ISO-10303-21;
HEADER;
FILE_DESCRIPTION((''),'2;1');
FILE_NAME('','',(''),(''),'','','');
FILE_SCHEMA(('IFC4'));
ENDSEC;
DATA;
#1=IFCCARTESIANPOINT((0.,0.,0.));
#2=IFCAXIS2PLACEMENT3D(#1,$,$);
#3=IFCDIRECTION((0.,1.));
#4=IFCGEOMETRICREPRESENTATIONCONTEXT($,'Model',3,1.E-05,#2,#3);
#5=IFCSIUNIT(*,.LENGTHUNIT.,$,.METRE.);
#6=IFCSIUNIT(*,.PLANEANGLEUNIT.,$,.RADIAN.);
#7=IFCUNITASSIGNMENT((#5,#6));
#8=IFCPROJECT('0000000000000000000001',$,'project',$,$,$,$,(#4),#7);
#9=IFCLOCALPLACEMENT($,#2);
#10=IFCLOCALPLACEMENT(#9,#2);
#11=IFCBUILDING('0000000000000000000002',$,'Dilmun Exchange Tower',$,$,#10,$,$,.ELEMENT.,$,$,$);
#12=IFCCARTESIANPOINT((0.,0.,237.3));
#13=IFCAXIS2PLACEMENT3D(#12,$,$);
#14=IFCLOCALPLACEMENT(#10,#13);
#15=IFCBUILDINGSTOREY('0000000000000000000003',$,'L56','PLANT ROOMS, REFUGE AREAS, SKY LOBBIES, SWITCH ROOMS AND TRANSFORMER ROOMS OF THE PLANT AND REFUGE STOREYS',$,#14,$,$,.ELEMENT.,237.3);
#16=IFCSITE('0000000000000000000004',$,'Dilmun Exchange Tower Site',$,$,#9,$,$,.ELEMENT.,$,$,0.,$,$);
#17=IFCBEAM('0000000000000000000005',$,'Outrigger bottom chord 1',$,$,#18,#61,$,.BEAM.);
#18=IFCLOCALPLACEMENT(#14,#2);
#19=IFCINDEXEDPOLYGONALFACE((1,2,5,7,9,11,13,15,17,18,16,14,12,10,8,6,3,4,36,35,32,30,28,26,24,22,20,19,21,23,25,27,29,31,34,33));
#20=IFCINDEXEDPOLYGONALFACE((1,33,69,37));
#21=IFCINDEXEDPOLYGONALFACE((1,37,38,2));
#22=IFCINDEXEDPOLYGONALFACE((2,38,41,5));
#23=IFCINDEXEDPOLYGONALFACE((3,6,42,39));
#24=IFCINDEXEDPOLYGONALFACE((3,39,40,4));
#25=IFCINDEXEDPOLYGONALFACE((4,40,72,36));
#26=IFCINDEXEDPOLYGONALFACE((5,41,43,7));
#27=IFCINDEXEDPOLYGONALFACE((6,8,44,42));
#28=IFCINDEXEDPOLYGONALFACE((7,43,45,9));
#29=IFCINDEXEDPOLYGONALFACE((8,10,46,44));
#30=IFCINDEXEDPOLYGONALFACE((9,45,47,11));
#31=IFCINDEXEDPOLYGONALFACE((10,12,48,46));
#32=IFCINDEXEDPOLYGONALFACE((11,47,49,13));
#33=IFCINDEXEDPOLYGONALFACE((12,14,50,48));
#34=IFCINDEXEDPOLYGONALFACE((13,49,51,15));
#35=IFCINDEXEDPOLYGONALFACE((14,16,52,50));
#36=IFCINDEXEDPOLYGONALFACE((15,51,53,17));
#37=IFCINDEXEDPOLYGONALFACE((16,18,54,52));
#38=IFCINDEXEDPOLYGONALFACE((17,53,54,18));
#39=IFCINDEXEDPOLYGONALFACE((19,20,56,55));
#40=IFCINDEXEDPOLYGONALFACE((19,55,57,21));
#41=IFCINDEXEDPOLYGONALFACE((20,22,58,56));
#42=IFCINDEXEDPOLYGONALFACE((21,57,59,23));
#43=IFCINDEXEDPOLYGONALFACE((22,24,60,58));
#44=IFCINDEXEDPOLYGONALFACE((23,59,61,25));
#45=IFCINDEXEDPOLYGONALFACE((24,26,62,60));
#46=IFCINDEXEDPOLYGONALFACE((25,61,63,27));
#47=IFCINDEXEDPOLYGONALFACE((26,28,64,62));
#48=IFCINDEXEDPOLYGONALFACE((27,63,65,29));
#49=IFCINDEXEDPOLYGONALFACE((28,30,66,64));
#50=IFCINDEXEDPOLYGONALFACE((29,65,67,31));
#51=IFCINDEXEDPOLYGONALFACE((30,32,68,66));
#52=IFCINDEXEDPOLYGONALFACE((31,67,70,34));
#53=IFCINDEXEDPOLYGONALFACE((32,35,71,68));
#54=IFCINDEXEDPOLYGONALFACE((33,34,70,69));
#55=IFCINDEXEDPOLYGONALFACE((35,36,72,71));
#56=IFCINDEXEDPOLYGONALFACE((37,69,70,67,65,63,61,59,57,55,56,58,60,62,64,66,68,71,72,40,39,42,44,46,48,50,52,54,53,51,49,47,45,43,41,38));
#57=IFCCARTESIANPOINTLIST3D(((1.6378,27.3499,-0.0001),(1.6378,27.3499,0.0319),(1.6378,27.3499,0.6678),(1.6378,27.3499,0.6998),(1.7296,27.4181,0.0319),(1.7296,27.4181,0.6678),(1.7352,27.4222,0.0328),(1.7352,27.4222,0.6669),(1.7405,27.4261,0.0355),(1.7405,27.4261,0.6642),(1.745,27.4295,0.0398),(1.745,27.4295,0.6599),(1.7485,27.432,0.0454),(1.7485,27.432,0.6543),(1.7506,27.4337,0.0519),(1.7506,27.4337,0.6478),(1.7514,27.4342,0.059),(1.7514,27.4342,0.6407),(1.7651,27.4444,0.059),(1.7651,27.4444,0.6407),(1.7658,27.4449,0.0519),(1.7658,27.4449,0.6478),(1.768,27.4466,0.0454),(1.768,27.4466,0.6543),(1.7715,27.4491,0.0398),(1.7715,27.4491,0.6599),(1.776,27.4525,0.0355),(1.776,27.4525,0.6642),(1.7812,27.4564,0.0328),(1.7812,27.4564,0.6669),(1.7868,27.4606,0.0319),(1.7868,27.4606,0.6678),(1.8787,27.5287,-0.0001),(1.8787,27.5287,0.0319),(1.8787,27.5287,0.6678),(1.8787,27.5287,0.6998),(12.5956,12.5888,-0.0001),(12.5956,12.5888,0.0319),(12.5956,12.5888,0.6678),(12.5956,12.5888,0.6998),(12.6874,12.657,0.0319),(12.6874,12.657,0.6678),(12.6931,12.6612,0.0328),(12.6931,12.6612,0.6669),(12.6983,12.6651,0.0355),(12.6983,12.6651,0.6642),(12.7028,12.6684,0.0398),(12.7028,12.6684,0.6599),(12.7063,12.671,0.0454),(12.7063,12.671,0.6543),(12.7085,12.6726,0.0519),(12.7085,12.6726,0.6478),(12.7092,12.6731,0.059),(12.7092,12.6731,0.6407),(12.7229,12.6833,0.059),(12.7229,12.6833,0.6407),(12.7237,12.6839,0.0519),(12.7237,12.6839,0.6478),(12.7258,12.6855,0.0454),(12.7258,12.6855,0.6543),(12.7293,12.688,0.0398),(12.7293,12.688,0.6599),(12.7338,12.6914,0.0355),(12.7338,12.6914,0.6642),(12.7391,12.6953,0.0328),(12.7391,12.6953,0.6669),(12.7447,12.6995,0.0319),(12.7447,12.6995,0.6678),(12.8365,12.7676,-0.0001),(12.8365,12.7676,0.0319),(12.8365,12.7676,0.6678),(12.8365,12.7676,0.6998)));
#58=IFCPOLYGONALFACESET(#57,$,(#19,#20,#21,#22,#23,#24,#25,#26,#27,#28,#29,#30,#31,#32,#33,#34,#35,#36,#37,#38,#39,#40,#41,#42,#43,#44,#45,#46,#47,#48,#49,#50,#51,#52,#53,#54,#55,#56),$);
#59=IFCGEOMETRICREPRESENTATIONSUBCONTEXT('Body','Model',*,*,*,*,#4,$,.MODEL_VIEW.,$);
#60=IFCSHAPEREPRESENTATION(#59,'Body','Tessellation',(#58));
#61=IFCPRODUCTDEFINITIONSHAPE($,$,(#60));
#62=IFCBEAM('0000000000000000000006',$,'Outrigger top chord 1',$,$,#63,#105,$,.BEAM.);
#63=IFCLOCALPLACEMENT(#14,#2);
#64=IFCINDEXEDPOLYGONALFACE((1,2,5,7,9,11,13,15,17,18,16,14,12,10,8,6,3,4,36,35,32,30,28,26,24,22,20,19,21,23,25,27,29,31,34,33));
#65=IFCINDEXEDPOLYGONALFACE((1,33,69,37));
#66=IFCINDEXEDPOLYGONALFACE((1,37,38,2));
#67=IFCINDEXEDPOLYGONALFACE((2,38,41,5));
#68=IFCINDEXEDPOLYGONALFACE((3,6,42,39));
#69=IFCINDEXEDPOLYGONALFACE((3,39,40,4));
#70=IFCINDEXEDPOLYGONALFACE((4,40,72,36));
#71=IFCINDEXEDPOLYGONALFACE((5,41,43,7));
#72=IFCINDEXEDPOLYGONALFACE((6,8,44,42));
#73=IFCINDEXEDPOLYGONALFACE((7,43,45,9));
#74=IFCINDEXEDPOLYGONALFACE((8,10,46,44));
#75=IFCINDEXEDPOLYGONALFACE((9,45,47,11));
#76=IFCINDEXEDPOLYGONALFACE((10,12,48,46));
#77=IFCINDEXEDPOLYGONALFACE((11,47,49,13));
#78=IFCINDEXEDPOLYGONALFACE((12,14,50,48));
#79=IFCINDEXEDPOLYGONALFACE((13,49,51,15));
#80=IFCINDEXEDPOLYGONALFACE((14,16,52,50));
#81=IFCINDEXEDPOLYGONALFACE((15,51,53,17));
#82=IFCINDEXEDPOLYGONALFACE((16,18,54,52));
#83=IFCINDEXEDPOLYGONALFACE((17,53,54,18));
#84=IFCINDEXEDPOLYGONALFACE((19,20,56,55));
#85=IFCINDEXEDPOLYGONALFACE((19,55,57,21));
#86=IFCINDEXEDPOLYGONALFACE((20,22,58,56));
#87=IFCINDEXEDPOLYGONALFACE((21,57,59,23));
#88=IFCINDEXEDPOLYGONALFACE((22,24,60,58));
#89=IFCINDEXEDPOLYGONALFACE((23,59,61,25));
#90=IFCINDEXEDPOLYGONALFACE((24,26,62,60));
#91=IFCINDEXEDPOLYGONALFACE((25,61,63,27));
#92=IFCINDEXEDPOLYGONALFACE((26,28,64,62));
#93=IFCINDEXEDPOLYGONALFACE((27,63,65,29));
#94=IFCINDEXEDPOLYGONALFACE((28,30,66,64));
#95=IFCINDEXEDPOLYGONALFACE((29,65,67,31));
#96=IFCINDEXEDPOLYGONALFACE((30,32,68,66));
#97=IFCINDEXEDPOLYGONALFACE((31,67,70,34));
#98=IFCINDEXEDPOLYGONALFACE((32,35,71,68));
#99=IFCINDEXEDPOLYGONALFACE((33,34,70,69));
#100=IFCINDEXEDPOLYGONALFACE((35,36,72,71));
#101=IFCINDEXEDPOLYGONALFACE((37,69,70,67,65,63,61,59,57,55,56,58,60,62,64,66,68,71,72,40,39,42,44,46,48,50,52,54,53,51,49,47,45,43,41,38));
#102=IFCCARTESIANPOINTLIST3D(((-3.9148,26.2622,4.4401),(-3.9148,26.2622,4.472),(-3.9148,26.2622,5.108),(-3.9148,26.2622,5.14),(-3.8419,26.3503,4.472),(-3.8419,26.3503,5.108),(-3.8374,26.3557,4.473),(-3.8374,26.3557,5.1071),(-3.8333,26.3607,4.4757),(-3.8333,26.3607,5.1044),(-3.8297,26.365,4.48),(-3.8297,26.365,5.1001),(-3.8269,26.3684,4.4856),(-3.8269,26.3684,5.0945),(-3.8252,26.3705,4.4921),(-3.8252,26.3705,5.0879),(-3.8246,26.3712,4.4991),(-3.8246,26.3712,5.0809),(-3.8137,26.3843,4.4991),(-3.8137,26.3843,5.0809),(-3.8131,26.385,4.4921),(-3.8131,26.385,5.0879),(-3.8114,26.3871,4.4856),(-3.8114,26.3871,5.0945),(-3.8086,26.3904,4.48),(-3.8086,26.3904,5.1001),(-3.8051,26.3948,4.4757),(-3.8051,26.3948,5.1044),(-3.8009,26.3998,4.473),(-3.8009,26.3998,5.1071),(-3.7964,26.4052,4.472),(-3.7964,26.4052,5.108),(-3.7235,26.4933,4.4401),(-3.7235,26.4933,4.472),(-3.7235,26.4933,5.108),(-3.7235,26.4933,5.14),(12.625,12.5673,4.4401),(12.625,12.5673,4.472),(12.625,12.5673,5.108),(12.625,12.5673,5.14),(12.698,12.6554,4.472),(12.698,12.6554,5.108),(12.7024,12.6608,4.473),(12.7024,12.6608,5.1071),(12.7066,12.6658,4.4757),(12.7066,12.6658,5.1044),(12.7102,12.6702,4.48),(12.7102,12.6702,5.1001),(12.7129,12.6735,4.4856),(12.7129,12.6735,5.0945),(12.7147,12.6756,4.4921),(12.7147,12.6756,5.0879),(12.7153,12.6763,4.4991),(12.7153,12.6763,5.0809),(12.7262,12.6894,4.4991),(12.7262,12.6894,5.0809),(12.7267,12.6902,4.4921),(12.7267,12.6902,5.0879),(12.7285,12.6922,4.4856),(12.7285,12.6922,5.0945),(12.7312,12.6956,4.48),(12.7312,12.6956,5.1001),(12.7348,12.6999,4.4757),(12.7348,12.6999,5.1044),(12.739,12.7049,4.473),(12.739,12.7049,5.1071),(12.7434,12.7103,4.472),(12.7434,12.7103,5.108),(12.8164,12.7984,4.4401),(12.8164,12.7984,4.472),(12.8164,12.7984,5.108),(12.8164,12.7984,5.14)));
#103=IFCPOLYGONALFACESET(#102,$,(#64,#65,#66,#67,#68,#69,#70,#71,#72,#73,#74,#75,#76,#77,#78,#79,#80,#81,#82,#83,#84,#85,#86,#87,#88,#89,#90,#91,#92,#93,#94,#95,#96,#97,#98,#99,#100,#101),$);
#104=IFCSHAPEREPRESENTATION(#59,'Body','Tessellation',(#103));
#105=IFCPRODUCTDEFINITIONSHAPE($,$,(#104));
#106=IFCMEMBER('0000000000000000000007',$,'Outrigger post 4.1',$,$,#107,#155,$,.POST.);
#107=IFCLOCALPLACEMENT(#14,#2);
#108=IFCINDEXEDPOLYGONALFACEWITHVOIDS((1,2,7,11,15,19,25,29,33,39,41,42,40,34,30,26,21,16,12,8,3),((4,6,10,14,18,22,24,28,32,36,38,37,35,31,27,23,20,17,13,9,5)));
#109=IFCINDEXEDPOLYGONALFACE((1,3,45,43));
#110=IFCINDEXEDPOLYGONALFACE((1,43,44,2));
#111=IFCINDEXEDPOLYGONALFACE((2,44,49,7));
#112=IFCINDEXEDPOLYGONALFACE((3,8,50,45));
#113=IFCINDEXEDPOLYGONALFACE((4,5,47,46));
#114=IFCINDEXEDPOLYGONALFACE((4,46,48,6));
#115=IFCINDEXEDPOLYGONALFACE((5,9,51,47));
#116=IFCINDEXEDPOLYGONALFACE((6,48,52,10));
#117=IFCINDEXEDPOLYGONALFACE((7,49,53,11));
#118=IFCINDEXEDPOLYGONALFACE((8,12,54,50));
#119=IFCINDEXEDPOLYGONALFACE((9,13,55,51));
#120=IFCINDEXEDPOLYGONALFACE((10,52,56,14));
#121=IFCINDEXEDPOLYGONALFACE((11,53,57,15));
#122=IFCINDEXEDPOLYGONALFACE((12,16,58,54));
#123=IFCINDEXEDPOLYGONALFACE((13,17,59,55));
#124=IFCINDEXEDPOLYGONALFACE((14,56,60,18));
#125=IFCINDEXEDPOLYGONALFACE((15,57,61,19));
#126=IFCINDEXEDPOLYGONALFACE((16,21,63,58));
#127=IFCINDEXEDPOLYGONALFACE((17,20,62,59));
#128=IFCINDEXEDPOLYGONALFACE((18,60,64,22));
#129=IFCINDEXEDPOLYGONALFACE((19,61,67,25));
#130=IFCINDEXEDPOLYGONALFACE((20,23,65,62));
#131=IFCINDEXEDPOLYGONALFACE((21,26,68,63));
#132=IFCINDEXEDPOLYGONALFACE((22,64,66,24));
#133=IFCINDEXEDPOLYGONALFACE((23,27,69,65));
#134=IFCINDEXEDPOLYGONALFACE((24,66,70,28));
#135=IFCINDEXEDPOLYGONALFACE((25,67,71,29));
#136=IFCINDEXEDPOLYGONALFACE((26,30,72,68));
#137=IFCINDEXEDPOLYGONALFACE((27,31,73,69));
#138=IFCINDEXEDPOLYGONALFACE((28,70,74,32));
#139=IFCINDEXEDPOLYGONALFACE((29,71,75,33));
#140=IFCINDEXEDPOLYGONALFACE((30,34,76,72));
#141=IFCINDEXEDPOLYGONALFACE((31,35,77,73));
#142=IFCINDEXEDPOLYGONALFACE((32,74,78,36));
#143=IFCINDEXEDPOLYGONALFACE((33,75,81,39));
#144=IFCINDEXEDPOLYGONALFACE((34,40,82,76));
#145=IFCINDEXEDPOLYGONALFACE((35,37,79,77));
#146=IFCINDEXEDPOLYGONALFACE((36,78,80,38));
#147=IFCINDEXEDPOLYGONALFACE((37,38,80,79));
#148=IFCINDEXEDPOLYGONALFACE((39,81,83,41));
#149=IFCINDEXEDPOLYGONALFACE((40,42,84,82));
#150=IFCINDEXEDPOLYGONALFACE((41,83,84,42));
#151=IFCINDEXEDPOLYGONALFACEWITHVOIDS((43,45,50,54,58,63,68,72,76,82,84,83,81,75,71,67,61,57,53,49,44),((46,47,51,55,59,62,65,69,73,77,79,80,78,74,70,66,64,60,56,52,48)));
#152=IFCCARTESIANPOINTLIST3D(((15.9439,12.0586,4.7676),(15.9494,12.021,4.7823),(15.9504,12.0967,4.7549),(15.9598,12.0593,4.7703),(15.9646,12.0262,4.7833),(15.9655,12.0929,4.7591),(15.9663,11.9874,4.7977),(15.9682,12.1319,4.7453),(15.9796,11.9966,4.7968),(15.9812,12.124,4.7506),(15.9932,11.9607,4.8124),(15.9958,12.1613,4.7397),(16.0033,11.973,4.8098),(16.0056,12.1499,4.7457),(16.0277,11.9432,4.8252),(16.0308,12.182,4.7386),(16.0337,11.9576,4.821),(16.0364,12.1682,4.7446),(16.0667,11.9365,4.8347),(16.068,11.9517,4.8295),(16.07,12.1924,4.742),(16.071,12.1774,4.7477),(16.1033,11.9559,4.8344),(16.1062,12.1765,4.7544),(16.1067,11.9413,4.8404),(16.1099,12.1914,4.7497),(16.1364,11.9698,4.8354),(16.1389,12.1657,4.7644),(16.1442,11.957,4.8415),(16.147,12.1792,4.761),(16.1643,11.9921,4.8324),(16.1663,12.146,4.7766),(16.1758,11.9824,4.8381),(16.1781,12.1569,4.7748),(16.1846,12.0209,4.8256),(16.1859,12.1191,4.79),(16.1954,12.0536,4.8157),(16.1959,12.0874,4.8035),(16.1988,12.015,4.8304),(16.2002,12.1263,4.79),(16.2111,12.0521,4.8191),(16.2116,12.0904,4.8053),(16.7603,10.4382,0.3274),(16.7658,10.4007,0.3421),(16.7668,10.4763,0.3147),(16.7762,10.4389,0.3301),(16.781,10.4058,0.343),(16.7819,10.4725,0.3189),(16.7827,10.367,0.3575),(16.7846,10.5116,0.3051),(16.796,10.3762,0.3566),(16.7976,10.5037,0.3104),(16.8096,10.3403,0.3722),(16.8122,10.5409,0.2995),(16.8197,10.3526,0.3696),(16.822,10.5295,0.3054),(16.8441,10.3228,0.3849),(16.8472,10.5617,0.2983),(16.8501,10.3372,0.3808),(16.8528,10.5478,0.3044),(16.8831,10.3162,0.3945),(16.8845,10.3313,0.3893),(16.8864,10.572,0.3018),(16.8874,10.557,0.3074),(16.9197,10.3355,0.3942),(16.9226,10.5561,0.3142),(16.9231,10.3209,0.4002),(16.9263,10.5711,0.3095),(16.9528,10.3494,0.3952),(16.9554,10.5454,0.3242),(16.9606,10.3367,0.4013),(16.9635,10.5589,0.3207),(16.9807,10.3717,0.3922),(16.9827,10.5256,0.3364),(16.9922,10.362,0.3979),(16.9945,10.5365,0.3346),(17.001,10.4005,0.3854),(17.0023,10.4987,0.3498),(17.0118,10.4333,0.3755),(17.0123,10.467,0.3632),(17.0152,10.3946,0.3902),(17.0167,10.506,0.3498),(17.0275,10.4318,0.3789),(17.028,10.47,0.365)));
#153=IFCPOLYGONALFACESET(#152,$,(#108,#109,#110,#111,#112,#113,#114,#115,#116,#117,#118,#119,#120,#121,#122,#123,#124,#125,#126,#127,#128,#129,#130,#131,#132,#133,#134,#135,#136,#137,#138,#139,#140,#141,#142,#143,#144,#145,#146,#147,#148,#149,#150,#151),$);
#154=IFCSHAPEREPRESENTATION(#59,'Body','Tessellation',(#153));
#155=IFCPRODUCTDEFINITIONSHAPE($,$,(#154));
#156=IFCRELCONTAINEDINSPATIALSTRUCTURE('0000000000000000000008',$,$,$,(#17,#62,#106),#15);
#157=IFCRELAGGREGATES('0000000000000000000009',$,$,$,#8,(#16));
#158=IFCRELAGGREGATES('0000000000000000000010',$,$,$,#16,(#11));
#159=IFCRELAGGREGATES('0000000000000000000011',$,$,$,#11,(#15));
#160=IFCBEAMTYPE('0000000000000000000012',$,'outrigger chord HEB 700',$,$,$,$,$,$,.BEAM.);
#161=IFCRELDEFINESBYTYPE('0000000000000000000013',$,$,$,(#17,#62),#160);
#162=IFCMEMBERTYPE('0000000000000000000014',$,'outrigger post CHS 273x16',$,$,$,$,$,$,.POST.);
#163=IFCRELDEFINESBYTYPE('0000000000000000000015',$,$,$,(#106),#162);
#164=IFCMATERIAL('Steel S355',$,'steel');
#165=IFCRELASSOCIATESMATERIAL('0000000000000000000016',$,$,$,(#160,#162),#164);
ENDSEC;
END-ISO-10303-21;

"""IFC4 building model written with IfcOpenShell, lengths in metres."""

from ifc_helpers import new_model, si_unit, direction, frame, origin, origin_2d, place, context, subcontext, project, spatial, hollow_circle, i_section, extrude, material, material_profile, profile_set, type_object, element, save


model = new_model("IFC4")

# Units and contexts
model_context = context("Model", 3, precision=1e-05, world=origin(), true_north=direction((0.0, 1.0)))
body_context = subcontext(model_context, "Body", "Model", "MODEL_VIEW")
ifc_project = project(units=[si_unit("LENGTHUNIT", "METRE"), si_unit("PLANEANGLEUNIT", "RADIAN")], contexts=[model_context])

# Site, building, storey
site_placement = place(None, origin())
site = spatial("IfcSite", under=ifc_project, at=site_placement, Name="Dilmun Exchange Tower Site", CompositionType="ELEMENT", RefElevation=0.0)
building_placement = place(site_placement, origin())
building = spatial("IfcBuilding", under=site, at=building_placement, Name="Dilmun Exchange Tower", CompositionType="ELEMENT")
storey_placement = place(building_placement, frame((0.0, 0.0, 237.3)))
storey = spatial("IfcBuildingStorey", under=building, at=storey_placement, Name="L56", Description="PLANT ROOMS, REFUGE AREAS, SKY LOBBIES, SWITCH ROOMS AND TRANSFORMER ROOMS OF THE PLANT AND REFUGE STOREYS", CompositionType="ELEMENT", Elevation=237.3)

# Beams
ifc_material_1 = material(Name="Steel S355", Category="steel")
ifc_material_profile_1 = material_profile(ifc_material_1, i_section(OverallWidth=0.3, OverallDepth=0.7, WebThickness=0.0171, FlangeThickness=0.032, FilletRadius=0.0271, at=origin_2d()), Name="HEB 700")
ifc_profile_set_1 = profile_set([ifc_material_profile_1], Name="Steel S355")
beam_type_1 = type_object("IfcBeamType", Name="outrigger chord HEB 700", PredefinedType="BEAM", material=ifc_profile_set_1)
beam_1_placement = place(storey_placement, frame((12.7161, 12.6782, 0.3499), z_axis=(-0.59606, 0.80294, 0.0), x_axis=(-0.80294, -0.59606, 0.0)))
element("IfcBeam", 1, at=beam_1_placement, inside=storey, type_object=beam_type_1, Name="Outrigger bottom chord 1", PredefinedType="BEAM", context=body_context, shape_type="SweptSolid", body=[
    extrude(i_section(OverallWidth=0.3, OverallDepth=0.7, WebThickness=0.0171, FlangeThickness=0.032, FilletRadius=0.0271, at=origin_2d()), origin(), (0.0, 0.0, 1.0), 18.3838),
])
beam_2_placement = place(storey_placement, frame((12.7207, 12.6829, 4.79), z_axis=(-0.770241, 0.637753, 0.0), x_axis=(-0.637753, -0.770241, 0.0)))
element("IfcBeam", 2, at=beam_2_placement, inside=storey, type_object=beam_type_1, Name="Outrigger top chord 1", PredefinedType="BEAM", context=body_context, shape_type="SweptSolid", body=[
    extrude(i_section(OverallWidth=0.3, OverallDepth=0.7, WebThickness=0.0171, FlangeThickness=0.032, FilletRadius=0.0271, at=origin_2d()), origin(), (0.0, 0.0, 1.0), 21.4736),
])

# Member
ifc_material_profile_2 = material_profile(ifc_material_1, hollow_circle(Radius=0.1365, WallThickness=0.0161, at=origin_2d()), Name="CHS 273x16")
ifc_profile_set_2 = profile_set([ifc_material_profile_2], Name="Steel S355")
member_type_1 = type_object("IfcMemberType", Name="outrigger post CHS 273x16", PredefinedType="POST", material=ifc_profile_set_2)
member_1_placement = place(storey_placement, frame((16.0784, 12.0649, 4.79), z_axis=(0.170205, -0.337815, -0.925695), x_axis=(0.893051, 0.449956, 0.0)))
element("IfcMember", 3, at=member_1_placement, inside=storey, type_object=member_type_1, Name="Outrigger post 4.1", PredefinedType="POST", context=body_context, shape_type="SweptSolid", body=[
    extrude(hollow_circle(Radius=0.1365, WallThickness=0.0161, at=origin_2d()), origin(), (0.0, 0.0, 1.0), 4.7966),
])

save(model, "model.ifc")
